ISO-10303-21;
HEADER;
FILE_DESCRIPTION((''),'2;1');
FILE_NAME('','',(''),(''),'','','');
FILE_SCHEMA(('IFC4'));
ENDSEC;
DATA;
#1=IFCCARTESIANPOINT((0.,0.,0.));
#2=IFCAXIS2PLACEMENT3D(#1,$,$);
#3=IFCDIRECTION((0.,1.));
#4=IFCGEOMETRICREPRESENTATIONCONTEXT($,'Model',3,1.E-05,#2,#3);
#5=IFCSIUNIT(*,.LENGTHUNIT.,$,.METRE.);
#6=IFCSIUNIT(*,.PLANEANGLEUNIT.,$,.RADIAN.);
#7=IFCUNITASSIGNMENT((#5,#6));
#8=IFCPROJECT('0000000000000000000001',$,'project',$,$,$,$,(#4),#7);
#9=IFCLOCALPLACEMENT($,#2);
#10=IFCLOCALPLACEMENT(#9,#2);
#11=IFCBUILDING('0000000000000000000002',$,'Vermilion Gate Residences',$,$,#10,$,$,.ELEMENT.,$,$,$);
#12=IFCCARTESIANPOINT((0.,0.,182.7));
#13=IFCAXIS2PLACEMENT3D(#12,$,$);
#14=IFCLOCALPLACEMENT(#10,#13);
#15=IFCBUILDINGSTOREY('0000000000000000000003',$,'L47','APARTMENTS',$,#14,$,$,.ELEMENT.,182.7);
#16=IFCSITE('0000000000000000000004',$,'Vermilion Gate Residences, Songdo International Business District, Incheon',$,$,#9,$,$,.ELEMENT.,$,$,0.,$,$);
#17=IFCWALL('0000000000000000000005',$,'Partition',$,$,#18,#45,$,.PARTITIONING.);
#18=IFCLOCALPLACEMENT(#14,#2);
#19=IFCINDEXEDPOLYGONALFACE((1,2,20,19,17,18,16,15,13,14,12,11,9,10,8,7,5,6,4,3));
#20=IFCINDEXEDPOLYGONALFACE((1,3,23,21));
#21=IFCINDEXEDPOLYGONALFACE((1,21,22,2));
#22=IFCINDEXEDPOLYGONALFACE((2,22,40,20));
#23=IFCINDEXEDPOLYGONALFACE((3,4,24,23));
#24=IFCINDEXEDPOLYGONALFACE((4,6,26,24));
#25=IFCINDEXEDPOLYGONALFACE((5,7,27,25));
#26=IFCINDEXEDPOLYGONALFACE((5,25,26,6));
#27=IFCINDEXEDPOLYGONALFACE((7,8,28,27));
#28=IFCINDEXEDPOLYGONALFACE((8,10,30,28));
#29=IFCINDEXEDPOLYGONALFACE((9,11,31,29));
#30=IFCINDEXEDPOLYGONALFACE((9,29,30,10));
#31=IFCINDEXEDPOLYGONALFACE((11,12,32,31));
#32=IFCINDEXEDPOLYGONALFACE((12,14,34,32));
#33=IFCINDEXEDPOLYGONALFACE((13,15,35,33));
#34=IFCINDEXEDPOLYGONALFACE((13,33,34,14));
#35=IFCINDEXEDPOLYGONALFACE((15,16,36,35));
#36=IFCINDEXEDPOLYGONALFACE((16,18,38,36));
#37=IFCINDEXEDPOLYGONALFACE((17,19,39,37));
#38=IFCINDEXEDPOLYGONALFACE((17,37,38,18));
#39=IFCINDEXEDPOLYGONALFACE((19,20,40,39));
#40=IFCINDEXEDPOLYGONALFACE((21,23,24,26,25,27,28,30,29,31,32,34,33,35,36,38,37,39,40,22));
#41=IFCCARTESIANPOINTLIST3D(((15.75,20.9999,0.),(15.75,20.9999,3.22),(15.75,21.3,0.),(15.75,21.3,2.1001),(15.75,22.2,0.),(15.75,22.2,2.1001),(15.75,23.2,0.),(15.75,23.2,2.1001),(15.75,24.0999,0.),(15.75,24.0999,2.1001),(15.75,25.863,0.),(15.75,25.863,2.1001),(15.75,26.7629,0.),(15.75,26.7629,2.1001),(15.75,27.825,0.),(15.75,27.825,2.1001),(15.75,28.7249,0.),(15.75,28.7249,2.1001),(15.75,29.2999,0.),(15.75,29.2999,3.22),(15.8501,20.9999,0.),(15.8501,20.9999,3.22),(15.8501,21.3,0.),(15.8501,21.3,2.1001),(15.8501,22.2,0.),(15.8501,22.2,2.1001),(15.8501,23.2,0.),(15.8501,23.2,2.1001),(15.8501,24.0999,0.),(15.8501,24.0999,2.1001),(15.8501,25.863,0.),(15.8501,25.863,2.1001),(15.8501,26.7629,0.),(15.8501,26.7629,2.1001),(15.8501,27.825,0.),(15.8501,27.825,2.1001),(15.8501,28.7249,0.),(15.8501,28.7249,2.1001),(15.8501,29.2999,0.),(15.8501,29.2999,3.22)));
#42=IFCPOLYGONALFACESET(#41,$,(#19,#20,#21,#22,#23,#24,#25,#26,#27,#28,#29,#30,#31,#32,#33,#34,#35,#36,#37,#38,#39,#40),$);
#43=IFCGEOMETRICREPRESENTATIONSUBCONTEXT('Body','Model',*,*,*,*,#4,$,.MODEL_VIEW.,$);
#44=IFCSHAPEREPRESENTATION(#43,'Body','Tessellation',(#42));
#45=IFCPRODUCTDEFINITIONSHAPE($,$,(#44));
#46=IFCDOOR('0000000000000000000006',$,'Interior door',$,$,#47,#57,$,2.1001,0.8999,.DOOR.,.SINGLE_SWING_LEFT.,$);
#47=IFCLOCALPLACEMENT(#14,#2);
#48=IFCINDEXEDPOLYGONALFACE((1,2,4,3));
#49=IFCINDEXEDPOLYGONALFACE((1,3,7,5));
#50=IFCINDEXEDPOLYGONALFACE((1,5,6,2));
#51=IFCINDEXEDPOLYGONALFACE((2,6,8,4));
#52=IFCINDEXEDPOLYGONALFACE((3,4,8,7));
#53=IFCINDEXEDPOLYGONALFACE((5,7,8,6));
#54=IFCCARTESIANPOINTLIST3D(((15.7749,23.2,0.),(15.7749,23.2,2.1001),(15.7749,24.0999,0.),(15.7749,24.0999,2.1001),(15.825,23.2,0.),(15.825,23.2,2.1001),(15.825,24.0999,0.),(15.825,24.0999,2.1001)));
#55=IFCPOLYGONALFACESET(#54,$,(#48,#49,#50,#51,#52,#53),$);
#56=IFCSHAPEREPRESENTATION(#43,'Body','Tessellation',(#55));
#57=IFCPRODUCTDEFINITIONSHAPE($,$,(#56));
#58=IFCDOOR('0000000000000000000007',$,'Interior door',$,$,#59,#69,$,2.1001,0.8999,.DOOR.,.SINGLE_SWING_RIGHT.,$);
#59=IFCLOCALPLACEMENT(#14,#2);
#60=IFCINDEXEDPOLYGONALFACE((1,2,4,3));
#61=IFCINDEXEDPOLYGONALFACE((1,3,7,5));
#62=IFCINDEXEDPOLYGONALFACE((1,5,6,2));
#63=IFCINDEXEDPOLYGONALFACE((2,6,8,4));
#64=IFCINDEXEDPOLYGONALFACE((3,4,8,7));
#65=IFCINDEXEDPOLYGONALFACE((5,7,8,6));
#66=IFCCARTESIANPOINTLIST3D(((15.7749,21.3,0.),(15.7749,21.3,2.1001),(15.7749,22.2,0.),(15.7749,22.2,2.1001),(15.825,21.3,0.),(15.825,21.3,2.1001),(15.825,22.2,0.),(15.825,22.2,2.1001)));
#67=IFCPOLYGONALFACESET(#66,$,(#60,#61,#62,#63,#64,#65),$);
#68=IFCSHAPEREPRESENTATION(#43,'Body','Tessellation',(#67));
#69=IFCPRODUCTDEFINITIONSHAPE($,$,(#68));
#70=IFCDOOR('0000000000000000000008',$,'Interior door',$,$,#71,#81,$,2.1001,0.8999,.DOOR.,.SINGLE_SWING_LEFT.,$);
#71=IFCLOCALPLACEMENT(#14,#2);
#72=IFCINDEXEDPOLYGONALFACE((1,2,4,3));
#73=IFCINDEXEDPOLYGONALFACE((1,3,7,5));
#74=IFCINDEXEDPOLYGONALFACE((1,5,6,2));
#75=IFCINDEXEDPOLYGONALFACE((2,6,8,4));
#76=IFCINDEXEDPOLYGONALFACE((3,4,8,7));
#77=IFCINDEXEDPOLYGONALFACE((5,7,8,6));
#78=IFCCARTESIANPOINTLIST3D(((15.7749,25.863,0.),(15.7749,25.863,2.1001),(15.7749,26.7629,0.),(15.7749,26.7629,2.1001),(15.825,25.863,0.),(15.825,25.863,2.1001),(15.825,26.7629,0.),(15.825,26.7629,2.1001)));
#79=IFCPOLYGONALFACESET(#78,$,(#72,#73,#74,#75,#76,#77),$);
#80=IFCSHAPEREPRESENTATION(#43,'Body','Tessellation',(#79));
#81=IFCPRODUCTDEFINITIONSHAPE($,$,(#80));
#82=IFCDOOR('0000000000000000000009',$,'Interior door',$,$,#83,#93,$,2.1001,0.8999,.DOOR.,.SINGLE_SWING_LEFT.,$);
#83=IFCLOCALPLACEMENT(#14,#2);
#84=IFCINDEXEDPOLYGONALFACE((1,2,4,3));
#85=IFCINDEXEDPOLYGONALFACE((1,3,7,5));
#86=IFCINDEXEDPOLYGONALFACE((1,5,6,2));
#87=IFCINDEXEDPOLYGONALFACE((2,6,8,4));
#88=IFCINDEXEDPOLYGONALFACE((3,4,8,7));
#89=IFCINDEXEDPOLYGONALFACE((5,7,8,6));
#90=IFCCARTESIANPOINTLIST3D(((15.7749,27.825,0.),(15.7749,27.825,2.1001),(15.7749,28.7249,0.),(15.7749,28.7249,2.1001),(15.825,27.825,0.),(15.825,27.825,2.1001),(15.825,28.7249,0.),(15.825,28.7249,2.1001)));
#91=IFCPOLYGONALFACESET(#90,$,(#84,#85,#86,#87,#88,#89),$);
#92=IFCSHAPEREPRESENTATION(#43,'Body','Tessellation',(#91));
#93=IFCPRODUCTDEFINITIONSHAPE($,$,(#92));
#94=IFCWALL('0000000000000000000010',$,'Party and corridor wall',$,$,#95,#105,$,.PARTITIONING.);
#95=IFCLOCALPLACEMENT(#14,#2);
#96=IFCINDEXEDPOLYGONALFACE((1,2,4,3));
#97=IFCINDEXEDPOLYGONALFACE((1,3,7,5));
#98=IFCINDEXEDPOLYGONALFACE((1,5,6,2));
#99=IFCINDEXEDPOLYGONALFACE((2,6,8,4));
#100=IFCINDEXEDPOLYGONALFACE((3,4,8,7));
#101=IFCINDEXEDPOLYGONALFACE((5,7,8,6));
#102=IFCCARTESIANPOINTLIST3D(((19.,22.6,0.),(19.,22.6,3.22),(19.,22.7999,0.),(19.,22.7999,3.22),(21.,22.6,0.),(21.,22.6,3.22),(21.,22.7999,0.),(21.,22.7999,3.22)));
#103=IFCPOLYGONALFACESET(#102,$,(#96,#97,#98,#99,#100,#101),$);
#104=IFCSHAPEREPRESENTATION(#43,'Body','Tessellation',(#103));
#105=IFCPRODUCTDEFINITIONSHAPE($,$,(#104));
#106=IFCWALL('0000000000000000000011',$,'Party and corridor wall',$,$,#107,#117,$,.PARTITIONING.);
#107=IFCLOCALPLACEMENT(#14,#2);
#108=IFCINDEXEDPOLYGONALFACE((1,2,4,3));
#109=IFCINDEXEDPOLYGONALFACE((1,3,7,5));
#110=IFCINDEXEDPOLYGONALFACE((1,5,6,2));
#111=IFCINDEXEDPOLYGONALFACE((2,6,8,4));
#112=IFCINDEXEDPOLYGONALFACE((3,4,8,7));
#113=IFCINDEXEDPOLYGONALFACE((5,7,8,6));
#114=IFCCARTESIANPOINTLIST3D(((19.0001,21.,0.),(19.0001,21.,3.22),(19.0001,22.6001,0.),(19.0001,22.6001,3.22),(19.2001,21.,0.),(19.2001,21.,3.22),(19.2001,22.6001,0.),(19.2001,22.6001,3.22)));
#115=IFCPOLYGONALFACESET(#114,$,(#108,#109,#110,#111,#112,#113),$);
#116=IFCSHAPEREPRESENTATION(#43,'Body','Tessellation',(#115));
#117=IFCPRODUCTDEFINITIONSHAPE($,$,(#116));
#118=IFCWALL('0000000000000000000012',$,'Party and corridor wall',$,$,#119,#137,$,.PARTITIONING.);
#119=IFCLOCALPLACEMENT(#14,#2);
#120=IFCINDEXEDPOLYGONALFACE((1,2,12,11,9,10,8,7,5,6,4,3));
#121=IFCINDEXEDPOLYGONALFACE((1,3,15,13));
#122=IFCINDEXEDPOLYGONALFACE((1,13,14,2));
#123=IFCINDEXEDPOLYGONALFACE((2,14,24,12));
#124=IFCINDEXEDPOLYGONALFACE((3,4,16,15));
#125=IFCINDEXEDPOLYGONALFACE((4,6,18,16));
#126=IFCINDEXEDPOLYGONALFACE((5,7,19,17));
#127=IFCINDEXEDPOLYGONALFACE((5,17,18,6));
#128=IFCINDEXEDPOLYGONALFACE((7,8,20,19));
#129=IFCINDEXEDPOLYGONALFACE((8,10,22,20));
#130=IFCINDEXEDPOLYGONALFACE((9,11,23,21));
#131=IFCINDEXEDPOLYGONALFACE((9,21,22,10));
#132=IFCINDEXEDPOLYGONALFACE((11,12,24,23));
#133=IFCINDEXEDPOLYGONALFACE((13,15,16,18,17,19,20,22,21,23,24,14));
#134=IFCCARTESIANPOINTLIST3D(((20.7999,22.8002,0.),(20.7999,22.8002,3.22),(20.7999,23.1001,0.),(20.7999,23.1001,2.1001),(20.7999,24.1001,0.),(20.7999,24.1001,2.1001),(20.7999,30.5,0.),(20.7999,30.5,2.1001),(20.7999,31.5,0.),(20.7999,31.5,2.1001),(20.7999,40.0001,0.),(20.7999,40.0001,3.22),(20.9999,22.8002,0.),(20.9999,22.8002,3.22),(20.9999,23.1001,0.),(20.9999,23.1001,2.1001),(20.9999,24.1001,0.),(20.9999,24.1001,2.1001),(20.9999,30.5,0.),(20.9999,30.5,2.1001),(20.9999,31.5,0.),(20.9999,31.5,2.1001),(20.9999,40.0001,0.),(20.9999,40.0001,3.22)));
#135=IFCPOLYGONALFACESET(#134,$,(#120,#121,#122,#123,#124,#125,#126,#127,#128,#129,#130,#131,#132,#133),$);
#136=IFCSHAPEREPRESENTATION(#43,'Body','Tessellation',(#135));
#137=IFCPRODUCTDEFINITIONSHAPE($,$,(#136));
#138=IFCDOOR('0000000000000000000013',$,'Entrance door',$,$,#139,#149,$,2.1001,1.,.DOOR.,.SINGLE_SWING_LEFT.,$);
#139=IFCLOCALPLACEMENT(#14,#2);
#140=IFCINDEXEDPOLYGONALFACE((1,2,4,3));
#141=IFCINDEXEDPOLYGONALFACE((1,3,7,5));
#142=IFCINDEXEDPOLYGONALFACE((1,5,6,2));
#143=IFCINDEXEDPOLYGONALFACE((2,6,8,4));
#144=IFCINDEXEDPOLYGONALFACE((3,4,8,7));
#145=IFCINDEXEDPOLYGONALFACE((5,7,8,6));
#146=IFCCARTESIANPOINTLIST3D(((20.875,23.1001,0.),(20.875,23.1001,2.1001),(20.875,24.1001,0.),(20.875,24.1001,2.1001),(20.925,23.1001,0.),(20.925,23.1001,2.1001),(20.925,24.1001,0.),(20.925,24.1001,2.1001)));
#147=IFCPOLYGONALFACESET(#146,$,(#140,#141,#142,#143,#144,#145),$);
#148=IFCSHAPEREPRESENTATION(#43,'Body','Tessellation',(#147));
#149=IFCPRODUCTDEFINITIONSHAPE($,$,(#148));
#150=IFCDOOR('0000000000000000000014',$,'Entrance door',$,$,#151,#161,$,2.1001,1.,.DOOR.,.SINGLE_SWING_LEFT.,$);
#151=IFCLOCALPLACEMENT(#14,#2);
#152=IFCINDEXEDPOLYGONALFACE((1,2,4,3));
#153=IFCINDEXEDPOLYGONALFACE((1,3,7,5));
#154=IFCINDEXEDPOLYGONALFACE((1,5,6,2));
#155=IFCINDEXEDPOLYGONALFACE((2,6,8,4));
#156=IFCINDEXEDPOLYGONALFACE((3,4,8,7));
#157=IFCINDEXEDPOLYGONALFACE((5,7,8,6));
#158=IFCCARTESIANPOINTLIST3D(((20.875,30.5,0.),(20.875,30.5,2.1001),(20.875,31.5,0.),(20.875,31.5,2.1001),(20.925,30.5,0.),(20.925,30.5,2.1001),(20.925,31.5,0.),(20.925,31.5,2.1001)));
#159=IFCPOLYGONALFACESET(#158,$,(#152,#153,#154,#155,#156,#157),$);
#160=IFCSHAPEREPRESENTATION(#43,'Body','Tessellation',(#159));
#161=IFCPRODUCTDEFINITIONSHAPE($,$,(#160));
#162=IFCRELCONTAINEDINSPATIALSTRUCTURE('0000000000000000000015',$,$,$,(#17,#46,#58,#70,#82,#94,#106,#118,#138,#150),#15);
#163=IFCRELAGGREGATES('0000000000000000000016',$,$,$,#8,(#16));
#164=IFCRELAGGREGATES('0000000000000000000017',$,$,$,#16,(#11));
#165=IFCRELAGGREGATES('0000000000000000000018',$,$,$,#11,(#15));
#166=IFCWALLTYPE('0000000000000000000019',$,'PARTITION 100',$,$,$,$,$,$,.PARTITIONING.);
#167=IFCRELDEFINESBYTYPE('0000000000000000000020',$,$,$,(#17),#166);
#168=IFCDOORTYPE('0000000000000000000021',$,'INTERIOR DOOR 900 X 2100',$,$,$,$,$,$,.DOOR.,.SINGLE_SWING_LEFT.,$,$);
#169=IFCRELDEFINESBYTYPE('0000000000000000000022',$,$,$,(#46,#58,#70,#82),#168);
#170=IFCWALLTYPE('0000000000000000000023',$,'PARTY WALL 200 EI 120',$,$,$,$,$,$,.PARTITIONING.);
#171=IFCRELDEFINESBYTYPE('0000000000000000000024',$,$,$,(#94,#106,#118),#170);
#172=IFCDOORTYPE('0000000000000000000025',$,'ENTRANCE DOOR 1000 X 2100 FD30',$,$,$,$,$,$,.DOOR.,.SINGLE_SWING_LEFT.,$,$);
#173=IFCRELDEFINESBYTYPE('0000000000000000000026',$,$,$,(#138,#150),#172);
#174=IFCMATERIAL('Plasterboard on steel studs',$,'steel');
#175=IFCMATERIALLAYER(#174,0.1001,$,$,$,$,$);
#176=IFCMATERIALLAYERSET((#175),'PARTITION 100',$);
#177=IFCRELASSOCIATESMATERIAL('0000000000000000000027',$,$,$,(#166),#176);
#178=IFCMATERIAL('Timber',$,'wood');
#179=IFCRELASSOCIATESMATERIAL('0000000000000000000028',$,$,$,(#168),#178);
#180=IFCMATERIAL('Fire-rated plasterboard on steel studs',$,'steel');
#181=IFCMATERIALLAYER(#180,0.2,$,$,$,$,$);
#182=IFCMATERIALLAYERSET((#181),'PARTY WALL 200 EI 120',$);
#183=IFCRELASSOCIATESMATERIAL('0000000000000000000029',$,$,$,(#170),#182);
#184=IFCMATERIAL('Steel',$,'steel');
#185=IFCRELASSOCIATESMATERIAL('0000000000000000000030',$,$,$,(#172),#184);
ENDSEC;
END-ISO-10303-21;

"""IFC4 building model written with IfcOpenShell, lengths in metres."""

from ifc_helpers import new_model, si_unit, direction, frame, frame_2d, origin, place, context, subcontext, project, spatial, rectangle, extrude, material, layer, layer_set, type_object, element, fill, save


model = new_model("IFC4")

# Units and contexts
model_context = context("Model", 3, precision=1e-05, world=origin(), true_north=direction((0.0, 1.0)))
body_context = subcontext(model_context, "Body", "Model", "MODEL_VIEW")
ifc_project = project(units=[si_unit("LENGTHUNIT", "METRE"), si_unit("PLANEANGLEUNIT", "RADIAN")], contexts=[model_context])

# Site, building, storey
site_placement = place(None, origin())
site = spatial("IfcSite", under=ifc_project, at=site_placement, Name="Vermilion Gate Residences, Songdo International Business District, Incheon", CompositionType="ELEMENT", RefElevation=0.0)
building_placement = place(site_placement, origin())
building = spatial("IfcBuilding", under=site, at=building_placement, Name="Vermilion Gate Residences", CompositionType="ELEMENT")
storey_placement = place(building_placement, frame((0.0, 0.0, 182.7)))
storey = spatial("IfcBuildingStorey", under=building, at=storey_placement, Name="L47", Description="APARTMENTS", CompositionType="ELEMENT", Elevation=182.7)

# Shared definitions
ifc_material_1 = material(Name="Plasterboard on steel studs", Category="steel")
ifc_layer_1 = layer(ifc_material_1, 0.1001)
ifc_layer_set_1 = layer_set([ifc_layer_1], Name="PARTITION 100")
wall_type_1 = type_object("IfcWallType", Name="PARTITION 100", PredefinedType="PARTITIONING", material=ifc_layer_set_1)

# Wall, openings, doors
wall_1_placement = place(storey_placement, frame((15.8, 21.0, 0.0), z_axis=(0.0, 0.0, 1.0), x_axis=(0.0, 1.0, 0.0)))
wall_1 = element("IfcWall", 1, at=wall_1_placement, inside=storey, type_object=wall_type_1, Name="Partition", PredefinedType="PARTITIONING", context=body_context, shape_type="SweptSolid", body=[
    extrude(rectangle(XDim=8.3, YDim=0.1001, at=frame_2d((4.1499, 0.0))), origin(), (0.0, 0.0, 1.0), 3.22),
])
opening_1_placement = place(wall_1_placement, frame((2.2, 0.0, 0.0)))
opening_1 = element("IfcOpeningElement", 2, at=opening_1_placement, cuts=wall_1, PredefinedType="OPENING", context=body_context, shape_type="SweptSolid", body=[
    extrude(rectangle(XDim=0.8999, YDim=2.1001, at=frame_2d((0.45, 1.05))), frame((0.0, 0.0601, 0.0), z_axis=(0.0, -1.0, 0.0), x_axis=(1.0, 0.0, 0.0)), (0.0, 0.0, 1.0), 0.1201),
])
opening_2_placement = place(wall_1_placement, frame((0.3, 0.0, 0.0)))
opening_2 = element("IfcOpeningElement", 3, at=opening_2_placement, cuts=wall_1, PredefinedType="OPENING", context=body_context, shape_type="SweptSolid", body=[
    extrude(rectangle(XDim=0.8999, YDim=2.1001, at=frame_2d((0.45, 1.05))), frame((0.0, 0.0601, 0.0), z_axis=(0.0, -1.0, 0.0), x_axis=(1.0, 0.0, 0.0)), (0.0, 0.0, 1.0), 0.1201),
])
opening_3_placement = place(wall_1_placement, frame((4.863, 0.0, 0.0)))
opening_3 = element("IfcOpeningElement", 4, at=opening_3_placement, cuts=wall_1, PredefinedType="OPENING", context=body_context, shape_type="SweptSolid", body=[
    extrude(rectangle(XDim=0.8999, YDim=2.1001, at=frame_2d((0.45, 1.05))), frame((0.0, 0.0601, 0.0), z_axis=(0.0, -1.0, 0.0), x_axis=(1.0, 0.0, 0.0)), (0.0, 0.0, 1.0), 0.1201),
])
opening_4_placement = place(wall_1_placement, frame((6.825, 0.0, 0.0)))
opening_4 = element("IfcOpeningElement", 5, at=opening_4_placement, cuts=wall_1, PredefinedType="OPENING", context=body_context, shape_type="SweptSolid", body=[
    extrude(rectangle(XDim=0.8999, YDim=2.1001, at=frame_2d((0.45, 1.05))), frame((0.0, 0.0601, 0.0), z_axis=(0.0, -1.0, 0.0), x_axis=(1.0, 0.0, 0.0)), (0.0, 0.0, 1.0), 0.1201),
])
ifc_material_2 = material(Name="Timber", Category="wood")
door_type_1 = type_object("IfcDoorType", Name="INTERIOR DOOR 900 X 2100", OperationType="SINGLE_SWING_LEFT", PredefinedType="DOOR", material=ifc_material_2)
door_1_placement = place(opening_1_placement, frame((0.8999, 0.0, 0.0), z_axis=(0.0, 0.0, 1.0), x_axis=(-1.0, 0.0, 0.0)))
door_1 = element("IfcDoor", 6, at=door_1_placement, inside=storey, type_object=door_type_1, Name="Interior door", OperationType="SINGLE_SWING_LEFT", OverallHeight=2.1001, OverallWidth=0.8999, PredefinedType="DOOR", context=body_context, shape_type="SweptSolid", body=[
    extrude(rectangle(XDim=0.8999, YDim=2.1001, at=frame_2d((0.45, 1.05))), frame((0.0, 0.0249, 0.0), z_axis=(0.0, -1.0, 0.0), x_axis=(1.0, 0.0, 0.0)), (0.0, 0.0, 1.0), 0.05),
])
fill(opening_1, door_1)
door_2_placement = place(opening_2_placement, frame((0.8999, 0.0, 0.0), z_axis=(0.0, 0.0, 1.0), x_axis=(-1.0, 0.0, 0.0)))
door_2 = element("IfcDoor", 7, at=door_2_placement, inside=storey, type_object=door_type_1, Name="Interior door", OperationType="SINGLE_SWING_RIGHT", OverallHeight=2.1001, OverallWidth=0.8999, PredefinedType="DOOR", context=body_context, shape_type="SweptSolid", body=[
    extrude(rectangle(XDim=0.8999, YDim=2.1001, at=frame_2d((0.45, 1.05))), frame((0.0, 0.0249, 0.0), z_axis=(0.0, -1.0, 0.0), x_axis=(1.0, 0.0, 0.0)), (0.0, 0.0, 1.0), 0.05),
])
fill(opening_2, door_2)
door_3_placement = place(opening_3_placement, frame((0.8999, 0.0, 0.0), z_axis=(0.0, 0.0, 1.0), x_axis=(-1.0, 0.0, 0.0)))
door_3 = element("IfcDoor", 8, at=door_3_placement, inside=storey, type_object=door_type_1, Name="Interior door", OperationType="SINGLE_SWING_LEFT", OverallHeight=2.1001, OverallWidth=0.8999, PredefinedType="DOOR", context=body_context, shape_type="SweptSolid", body=[
    extrude(rectangle(XDim=0.8999, YDim=2.1001, at=frame_2d((0.45, 1.05))), frame((0.0, 0.0249, 0.0), z_axis=(0.0, -1.0, 0.0), x_axis=(1.0, 0.0, 0.0)), (0.0, 0.0, 1.0), 0.05),
])
fill(opening_3, door_3)
door_4_placement = place(opening_4_placement, frame((0.8999, 0.0, 0.0), z_axis=(0.0, 0.0, 1.0), x_axis=(-1.0, 0.0, 0.0)))
door_4 = element("IfcDoor", 9, at=door_4_placement, inside=storey, type_object=door_type_1, Name="Interior door", OperationType="SINGLE_SWING_LEFT", OverallHeight=2.1001, OverallWidth=0.8999, PredefinedType="DOOR", context=body_context, shape_type="SweptSolid", body=[
    extrude(rectangle(XDim=0.8999, YDim=2.1001, at=frame_2d((0.45, 1.05))), frame((0.0, 0.0249, 0.0), z_axis=(0.0, -1.0, 0.0), x_axis=(1.0, 0.0, 0.0)), (0.0, 0.0, 1.0), 0.05),
])
fill(opening_4, door_4)

# Walls
ifc_material_3 = material(Name="Fire-rated plasterboard on steel studs", Category="steel")
ifc_layer_2 = layer(ifc_material_3, 0.2)
ifc_layer_set_2 = layer_set([ifc_layer_2], Name="PARTY WALL 200 EI 120")
wall_type_2 = type_object("IfcWallType", Name="PARTY WALL 200 EI 120", PredefinedType="PARTITIONING", material=ifc_layer_set_2)
wall_2_placement = place(storey_placement, frame((19.0, 22.7, 0.0), z_axis=(0.0, 0.0, 1.0), x_axis=(1.0, 0.0, 0.0)))
element("IfcWall", 10, at=wall_2_placement, inside=storey, type_object=wall_type_2, Name="Party and corridor wall", PredefinedType="PARTITIONING", context=body_context, shape_type="SweptSolid", body=[
    extrude(rectangle(XDim=2.0, YDim=0.2, at=frame_2d((1.0, 0.0))), origin(), (0.0, 0.0, 1.0), 3.22),
])
wall_3_placement = place(storey_placement, frame((19.1001, 21.0, 0.0), z_axis=(0.0, 0.0, 1.0), x_axis=(0.0, 1.0, 0.0)))
element("IfcWall", 11, at=wall_3_placement, inside=storey, type_object=wall_type_2, Name="Party and corridor wall", PredefinedType="PARTITIONING", context=body_context, shape_type="SweptSolid", body=[
    extrude(rectangle(XDim=1.6001, YDim=0.2, at=frame_2d((0.8, 0.0))), origin(), (0.0, 0.0, 1.0), 3.22),
])

# Wall, openings, doors
wall_4_placement = place(storey_placement, frame((20.8999, 22.8, 0.0), z_axis=(0.0, 0.0, 1.0), x_axis=(0.0, 1.0, 0.0)))
wall_4 = element("IfcWall", 12, at=wall_4_placement, inside=storey, type_object=wall_type_2, Name="Party and corridor wall", PredefinedType="PARTITIONING", context=body_context, shape_type="SweptSolid", body=[
    extrude(rectangle(XDim=17.2, YDim=0.2, at=frame_2d((8.6001, 0.0))), origin(), (0.0, 0.0, 1.0), 3.22),
])
opening_5_placement = place(wall_4_placement, frame((0.3, 0.0, 0.0)))
opening_5 = element("IfcOpeningElement", 13, at=opening_5_placement, cuts=wall_4, PredefinedType="OPENING", context=body_context, shape_type="SweptSolid", body=[
    extrude(rectangle(XDim=1.0, YDim=2.1001, at=frame_2d((0.5, 1.05))), frame((0.0, 0.1099, 0.0), z_axis=(0.0, -1.0, 0.0), x_axis=(1.0, 0.0, 0.0)), (0.0, 0.0, 1.0), 0.22),
])
opening_6_placement = place(wall_4_placement, frame((7.7, 0.0, 0.0)))
opening_6 = element("IfcOpeningElement", 14, at=opening_6_placement, cuts=wall_4, PredefinedType="OPENING", context=body_context, shape_type="SweptSolid", body=[
    extrude(rectangle(XDim=1.0, YDim=2.1001, at=frame_2d((0.5, 1.05))), frame((0.0, 0.1099, 0.0), z_axis=(0.0, -1.0, 0.0), x_axis=(1.0, 0.0, 0.0)), (0.0, 0.0, 1.0), 0.22),
])
ifc_material_4 = material(Name="Steel", Category="steel")
door_type_2 = type_object("IfcDoorType", Name="ENTRANCE DOOR 1000 X 2100 FD30", OperationType="SINGLE_SWING_LEFT", PredefinedType="DOOR", material=ifc_material_4)
door_5_placement = place(opening_5_placement, origin())
door_5 = element("IfcDoor", 15, at=door_5_placement, inside=storey, type_object=door_type_2, Name="Entrance door", OperationType="SINGLE_SWING_LEFT", OverallHeight=2.1001, OverallWidth=1.0, PredefinedType="DOOR", context=body_context, shape_type="SweptSolid", body=[
    extrude(rectangle(XDim=1.0, YDim=2.1001, at=frame_2d((0.5, 1.05))), frame((0.0, 0.0249, 0.0), z_axis=(0.0, -1.0, 0.0), x_axis=(1.0, 0.0, 0.0)), (0.0, 0.0, 1.0), 0.05),
])
fill(opening_5, door_5)
door_6_placement = place(opening_6_placement, origin())
door_6 = element("IfcDoor", 16, at=door_6_placement, inside=storey, type_object=door_type_2, Name="Entrance door", OperationType="SINGLE_SWING_LEFT", OverallHeight=2.1001, OverallWidth=1.0, PredefinedType="DOOR", context=body_context, shape_type="SweptSolid", body=[
    extrude(rectangle(XDim=1.0, YDim=2.1001, at=frame_2d((0.5, 1.05))), frame((0.0, 0.0249, 0.0), z_axis=(0.0, -1.0, 0.0), x_axis=(1.0, 0.0, 0.0)), (0.0, 0.0, 1.0), 0.05),
])
fill(opening_6, door_6)

save(model, "model.ifc")
